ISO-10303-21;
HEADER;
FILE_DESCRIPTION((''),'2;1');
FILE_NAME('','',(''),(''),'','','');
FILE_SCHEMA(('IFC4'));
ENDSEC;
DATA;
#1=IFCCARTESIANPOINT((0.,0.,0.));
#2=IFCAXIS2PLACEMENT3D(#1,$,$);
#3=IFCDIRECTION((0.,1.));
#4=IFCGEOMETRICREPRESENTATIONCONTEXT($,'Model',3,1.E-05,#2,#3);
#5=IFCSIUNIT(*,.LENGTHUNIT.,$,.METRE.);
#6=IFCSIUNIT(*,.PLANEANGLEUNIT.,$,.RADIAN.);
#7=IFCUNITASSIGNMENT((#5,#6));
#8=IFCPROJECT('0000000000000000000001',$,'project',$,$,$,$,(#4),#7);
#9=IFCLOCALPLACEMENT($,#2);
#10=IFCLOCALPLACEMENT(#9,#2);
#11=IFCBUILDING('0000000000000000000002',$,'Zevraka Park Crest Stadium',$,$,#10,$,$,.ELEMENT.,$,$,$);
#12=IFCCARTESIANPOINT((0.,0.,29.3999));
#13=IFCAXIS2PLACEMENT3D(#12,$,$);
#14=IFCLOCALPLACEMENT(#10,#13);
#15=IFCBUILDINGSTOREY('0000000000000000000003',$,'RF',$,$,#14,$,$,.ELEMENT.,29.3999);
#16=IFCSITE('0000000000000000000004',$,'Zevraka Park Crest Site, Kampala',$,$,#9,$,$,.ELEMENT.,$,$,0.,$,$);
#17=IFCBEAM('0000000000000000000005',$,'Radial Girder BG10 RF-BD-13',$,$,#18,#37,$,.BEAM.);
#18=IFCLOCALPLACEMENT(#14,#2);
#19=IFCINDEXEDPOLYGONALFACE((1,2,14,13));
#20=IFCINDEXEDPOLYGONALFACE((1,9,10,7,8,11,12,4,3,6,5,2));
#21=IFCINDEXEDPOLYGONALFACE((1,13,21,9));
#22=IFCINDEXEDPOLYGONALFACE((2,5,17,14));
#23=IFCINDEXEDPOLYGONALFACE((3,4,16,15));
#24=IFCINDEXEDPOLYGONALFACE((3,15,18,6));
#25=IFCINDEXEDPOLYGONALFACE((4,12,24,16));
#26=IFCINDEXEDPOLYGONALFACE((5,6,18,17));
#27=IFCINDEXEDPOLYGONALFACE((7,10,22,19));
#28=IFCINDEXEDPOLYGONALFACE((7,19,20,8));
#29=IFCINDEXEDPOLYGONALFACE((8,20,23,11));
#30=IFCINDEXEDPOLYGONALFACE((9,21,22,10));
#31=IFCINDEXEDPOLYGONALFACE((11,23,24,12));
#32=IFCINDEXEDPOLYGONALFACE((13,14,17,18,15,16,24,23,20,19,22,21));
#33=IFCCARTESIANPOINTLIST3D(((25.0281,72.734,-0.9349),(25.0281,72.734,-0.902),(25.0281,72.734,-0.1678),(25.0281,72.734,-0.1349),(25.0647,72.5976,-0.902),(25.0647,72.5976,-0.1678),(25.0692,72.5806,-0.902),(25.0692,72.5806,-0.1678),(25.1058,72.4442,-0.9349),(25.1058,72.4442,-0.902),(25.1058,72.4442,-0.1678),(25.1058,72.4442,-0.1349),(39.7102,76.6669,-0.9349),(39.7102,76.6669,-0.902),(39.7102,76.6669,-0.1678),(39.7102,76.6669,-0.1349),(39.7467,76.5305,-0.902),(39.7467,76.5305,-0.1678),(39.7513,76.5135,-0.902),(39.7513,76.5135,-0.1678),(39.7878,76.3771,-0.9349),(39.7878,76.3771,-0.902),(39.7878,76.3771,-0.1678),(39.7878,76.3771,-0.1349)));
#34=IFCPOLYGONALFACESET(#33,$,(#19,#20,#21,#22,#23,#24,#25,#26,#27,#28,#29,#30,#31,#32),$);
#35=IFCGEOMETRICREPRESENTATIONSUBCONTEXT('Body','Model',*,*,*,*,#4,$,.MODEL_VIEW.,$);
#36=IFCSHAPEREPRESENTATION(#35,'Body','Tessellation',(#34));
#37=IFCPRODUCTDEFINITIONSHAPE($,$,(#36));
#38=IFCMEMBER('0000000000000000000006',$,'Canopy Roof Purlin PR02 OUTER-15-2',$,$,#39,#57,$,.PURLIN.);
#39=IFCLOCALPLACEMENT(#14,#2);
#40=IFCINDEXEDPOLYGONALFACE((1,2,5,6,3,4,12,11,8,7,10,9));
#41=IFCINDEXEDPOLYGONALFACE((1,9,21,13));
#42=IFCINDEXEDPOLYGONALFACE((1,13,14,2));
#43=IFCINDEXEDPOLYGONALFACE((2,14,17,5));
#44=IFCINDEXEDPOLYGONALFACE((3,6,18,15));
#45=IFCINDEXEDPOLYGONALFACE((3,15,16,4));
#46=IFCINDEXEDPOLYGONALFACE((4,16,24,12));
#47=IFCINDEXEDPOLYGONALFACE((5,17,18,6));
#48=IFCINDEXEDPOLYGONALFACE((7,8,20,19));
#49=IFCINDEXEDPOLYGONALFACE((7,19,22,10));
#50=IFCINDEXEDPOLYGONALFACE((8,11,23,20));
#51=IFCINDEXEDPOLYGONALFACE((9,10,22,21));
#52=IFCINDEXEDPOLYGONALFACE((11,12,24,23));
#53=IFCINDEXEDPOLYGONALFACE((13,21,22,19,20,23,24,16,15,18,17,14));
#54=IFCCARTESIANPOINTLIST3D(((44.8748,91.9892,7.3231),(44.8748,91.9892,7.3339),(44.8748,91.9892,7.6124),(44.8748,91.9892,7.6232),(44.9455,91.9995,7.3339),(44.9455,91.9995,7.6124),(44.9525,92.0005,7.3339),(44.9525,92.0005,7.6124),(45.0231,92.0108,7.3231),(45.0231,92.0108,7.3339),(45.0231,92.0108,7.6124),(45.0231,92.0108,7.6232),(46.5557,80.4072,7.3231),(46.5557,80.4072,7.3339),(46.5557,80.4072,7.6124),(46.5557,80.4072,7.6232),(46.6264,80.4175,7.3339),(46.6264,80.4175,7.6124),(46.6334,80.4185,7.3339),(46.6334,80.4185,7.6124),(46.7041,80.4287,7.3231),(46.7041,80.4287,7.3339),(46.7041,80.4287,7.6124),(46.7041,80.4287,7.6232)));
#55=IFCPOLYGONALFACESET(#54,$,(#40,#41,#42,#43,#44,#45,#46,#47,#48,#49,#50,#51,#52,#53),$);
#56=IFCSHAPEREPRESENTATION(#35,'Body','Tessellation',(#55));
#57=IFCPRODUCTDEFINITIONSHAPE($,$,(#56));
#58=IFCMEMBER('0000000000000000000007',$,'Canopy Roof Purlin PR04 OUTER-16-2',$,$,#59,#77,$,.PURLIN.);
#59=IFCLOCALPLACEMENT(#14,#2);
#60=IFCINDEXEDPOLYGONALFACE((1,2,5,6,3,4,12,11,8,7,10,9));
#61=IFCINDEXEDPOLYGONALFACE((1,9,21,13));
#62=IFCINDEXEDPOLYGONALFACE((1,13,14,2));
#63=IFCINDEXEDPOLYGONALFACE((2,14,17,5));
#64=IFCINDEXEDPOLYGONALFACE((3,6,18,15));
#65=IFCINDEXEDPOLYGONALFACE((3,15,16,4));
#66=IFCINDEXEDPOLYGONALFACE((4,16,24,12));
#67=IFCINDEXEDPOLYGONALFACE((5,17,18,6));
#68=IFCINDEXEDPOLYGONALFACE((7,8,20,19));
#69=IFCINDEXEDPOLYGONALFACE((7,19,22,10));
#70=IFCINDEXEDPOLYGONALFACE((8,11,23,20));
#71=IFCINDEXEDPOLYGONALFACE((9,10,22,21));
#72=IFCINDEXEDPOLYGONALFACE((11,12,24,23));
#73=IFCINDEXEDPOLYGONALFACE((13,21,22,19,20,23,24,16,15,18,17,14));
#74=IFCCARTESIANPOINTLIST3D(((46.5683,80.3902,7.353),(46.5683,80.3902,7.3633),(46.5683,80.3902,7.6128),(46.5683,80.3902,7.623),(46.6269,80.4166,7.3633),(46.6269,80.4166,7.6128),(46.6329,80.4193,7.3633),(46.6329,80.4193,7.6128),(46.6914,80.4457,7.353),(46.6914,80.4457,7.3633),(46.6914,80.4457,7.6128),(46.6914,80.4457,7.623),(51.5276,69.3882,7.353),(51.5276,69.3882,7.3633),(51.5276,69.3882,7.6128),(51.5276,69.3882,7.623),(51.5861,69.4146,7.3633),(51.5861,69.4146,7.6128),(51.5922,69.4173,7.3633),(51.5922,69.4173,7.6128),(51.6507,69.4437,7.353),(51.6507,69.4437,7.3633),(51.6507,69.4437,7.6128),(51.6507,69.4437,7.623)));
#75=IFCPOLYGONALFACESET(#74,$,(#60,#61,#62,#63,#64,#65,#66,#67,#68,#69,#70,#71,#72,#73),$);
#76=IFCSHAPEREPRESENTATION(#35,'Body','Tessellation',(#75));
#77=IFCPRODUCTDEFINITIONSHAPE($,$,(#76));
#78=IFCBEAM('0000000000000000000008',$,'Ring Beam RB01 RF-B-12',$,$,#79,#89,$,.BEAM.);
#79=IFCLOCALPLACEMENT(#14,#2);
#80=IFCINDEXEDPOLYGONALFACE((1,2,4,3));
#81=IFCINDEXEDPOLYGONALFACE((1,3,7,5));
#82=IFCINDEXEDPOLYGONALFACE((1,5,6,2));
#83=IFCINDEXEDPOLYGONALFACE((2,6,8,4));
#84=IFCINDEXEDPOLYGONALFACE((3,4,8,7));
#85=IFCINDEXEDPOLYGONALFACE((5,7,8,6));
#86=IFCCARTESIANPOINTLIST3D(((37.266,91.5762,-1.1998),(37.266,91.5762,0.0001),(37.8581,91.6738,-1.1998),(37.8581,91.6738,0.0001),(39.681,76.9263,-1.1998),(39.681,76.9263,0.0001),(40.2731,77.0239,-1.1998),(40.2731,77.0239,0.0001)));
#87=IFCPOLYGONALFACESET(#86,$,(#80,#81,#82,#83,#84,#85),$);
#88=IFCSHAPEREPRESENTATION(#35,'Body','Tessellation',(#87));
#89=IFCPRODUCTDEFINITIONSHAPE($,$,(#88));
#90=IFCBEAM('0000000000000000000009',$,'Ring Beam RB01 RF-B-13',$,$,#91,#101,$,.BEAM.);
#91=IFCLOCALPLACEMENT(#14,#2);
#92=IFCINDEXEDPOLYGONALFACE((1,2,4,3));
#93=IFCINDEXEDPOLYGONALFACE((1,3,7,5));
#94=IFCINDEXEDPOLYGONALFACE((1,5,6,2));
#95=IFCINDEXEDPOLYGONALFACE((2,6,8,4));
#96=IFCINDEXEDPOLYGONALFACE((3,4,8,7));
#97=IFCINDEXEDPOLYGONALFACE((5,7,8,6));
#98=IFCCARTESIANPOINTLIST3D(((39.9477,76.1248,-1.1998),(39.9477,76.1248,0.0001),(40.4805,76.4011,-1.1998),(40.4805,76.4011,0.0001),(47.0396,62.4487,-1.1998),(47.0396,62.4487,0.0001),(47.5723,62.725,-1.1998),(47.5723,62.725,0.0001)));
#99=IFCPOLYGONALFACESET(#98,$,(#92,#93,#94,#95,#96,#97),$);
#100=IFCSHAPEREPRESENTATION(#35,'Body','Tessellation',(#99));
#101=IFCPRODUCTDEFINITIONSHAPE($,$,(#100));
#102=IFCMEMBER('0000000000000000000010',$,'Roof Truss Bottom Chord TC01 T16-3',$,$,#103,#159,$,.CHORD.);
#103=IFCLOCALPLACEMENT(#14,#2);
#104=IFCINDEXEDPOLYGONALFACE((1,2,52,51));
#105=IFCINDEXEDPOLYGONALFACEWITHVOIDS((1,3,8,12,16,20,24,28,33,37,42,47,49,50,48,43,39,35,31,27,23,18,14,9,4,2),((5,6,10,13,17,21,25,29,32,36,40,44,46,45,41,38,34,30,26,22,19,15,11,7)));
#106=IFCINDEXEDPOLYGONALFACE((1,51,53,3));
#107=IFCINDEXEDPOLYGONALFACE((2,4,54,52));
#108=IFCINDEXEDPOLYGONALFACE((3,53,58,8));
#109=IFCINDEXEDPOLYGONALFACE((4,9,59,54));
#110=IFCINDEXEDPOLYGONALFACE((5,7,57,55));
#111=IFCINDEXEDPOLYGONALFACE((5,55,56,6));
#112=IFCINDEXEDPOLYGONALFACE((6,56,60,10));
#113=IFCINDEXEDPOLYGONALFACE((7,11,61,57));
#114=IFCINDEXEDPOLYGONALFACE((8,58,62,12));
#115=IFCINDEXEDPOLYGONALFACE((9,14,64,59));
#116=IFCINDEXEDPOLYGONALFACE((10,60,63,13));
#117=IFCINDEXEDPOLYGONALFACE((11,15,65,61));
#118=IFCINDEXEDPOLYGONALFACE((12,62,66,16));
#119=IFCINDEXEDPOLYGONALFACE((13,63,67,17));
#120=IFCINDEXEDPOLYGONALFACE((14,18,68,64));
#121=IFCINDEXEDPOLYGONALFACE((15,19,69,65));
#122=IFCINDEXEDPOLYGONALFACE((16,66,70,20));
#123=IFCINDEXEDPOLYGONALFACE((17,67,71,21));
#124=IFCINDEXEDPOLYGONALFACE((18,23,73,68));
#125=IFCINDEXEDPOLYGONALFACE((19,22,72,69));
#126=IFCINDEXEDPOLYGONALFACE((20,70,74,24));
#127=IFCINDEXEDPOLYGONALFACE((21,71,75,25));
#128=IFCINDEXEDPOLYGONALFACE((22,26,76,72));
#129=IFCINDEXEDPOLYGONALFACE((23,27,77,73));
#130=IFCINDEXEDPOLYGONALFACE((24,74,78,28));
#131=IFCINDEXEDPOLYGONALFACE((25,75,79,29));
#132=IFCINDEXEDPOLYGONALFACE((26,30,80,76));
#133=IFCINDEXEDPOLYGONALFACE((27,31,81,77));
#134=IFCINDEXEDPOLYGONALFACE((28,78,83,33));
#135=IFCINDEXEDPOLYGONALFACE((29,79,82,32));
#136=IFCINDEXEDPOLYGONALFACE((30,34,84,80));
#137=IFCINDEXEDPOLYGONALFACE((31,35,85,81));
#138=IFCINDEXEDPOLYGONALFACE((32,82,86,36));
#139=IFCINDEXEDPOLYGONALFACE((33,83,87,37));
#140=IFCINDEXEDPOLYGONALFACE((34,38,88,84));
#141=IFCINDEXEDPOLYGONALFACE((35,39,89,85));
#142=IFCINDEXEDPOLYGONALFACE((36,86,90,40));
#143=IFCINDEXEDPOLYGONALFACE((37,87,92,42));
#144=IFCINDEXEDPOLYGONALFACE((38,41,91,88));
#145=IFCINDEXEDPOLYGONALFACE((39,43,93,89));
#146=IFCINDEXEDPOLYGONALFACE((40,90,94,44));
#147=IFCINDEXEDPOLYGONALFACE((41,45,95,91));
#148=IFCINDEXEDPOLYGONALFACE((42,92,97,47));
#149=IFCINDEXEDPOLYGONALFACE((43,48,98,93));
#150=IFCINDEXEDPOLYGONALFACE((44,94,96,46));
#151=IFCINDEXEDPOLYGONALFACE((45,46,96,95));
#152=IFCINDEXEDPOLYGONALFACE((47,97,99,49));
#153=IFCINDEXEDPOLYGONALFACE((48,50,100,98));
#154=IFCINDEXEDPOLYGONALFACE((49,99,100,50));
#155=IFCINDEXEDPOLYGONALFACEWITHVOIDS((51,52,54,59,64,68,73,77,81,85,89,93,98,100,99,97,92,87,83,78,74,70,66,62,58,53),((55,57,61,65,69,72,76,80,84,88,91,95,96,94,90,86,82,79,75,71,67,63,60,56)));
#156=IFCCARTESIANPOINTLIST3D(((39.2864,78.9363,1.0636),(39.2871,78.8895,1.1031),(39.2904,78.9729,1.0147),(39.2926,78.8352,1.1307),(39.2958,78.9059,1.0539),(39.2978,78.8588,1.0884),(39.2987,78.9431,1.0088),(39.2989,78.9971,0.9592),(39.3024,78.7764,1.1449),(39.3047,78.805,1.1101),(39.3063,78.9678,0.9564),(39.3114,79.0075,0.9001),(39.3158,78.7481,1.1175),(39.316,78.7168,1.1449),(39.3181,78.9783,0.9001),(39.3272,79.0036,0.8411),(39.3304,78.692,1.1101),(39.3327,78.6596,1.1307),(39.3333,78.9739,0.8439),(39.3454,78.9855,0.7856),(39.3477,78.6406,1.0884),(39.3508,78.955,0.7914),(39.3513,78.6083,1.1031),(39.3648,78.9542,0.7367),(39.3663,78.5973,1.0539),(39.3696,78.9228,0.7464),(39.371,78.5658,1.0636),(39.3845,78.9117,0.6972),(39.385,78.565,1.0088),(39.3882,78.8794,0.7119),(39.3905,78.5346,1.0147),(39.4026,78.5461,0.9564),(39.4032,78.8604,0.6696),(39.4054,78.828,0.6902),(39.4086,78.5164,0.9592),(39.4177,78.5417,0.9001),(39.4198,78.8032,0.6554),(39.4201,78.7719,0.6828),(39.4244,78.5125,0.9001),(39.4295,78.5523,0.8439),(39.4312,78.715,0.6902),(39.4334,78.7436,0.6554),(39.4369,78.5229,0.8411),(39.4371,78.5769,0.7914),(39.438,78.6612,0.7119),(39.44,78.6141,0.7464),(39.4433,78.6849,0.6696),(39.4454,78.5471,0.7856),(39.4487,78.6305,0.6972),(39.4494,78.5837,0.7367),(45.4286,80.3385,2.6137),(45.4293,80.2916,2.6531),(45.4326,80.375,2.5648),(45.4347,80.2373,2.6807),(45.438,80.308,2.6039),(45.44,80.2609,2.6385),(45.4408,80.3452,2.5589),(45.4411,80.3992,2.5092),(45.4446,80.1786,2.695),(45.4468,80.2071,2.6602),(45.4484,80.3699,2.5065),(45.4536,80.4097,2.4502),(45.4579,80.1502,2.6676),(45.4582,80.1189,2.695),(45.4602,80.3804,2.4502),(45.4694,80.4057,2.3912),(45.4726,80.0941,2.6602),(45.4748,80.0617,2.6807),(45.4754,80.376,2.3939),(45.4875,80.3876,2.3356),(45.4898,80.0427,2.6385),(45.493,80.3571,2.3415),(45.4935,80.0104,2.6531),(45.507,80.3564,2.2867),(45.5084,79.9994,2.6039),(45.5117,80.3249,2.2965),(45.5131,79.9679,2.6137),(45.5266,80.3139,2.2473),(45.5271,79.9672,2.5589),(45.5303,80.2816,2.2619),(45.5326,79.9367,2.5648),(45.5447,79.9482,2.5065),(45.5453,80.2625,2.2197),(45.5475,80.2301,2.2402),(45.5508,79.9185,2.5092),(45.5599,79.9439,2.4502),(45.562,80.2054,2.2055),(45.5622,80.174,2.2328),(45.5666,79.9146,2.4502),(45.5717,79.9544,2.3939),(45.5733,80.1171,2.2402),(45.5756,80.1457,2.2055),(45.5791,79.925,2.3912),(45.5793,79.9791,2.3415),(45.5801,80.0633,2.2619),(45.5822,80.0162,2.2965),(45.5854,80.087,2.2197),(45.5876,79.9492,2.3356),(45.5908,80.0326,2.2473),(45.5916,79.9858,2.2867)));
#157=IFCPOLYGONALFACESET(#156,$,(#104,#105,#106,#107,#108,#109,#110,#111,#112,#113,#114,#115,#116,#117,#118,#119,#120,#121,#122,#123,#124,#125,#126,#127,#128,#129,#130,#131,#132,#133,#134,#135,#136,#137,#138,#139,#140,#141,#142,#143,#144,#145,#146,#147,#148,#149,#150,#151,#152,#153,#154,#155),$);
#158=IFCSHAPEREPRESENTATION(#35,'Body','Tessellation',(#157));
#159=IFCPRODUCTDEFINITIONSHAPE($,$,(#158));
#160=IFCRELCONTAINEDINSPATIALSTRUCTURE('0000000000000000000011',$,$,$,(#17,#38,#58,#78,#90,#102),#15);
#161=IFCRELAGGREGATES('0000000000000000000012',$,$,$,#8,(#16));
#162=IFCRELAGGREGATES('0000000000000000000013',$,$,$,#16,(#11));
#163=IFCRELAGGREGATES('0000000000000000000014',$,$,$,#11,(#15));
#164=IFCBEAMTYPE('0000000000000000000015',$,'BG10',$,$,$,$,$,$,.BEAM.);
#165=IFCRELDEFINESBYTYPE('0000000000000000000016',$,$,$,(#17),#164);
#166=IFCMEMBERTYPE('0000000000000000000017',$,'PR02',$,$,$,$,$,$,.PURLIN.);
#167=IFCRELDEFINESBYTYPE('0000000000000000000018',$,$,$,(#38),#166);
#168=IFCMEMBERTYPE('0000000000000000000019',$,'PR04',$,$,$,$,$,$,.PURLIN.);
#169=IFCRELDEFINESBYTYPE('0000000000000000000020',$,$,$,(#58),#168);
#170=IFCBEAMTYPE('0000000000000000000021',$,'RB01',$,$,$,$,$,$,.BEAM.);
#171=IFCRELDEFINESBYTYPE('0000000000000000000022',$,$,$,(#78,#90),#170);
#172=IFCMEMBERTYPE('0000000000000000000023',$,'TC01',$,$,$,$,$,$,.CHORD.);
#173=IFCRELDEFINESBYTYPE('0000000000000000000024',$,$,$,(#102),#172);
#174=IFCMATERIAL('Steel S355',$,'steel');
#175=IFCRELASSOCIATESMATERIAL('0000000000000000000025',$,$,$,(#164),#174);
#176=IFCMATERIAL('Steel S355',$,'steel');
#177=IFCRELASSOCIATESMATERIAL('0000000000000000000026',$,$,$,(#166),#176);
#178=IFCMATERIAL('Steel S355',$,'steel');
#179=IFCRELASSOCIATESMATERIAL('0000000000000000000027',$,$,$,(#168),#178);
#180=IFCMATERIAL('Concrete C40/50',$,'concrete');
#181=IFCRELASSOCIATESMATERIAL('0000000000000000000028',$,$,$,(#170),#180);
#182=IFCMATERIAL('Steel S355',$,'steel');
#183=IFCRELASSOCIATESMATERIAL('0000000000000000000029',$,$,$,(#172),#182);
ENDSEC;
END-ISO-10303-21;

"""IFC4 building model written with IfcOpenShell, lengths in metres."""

from ifc_helpers import new_model, si_unit, direction, frame, origin, origin_2d, place, context, subcontext, project, spatial, rectangle, hollow_circle, i_section, extrude, material, material_profile, profile_set, type_object, element, save


model = new_model("IFC4")

# Units and contexts
model_context = context("Model", 3, precision=1e-05, world=origin(), true_north=direction((0.0, 1.0)))
body_context = subcontext(model_context, "Body", "Model", "MODEL_VIEW")
ifc_project = project(units=[si_unit("LENGTHUNIT", "METRE"), si_unit("PLANEANGLEUNIT", "RADIAN")], contexts=[model_context])

# Site, building, storey
site_placement = place(None, origin())
site = spatial("IfcSite", under=ifc_project, at=site_placement, Name="Zevraka Park Crest Site, Kampala", CompositionType="ELEMENT", RefElevation=0.0)
building_placement = place(site_placement, origin())
building = spatial("IfcBuilding", under=site, at=building_placement, Name="Zevraka Park Crest Stadium", CompositionType="ELEMENT")
storey_placement = place(building_placement, frame((0.0, 0.0, 29.3999)))
storey = spatial("IfcBuildingStorey", under=building, at=storey_placement, Name="RF", CompositionType="ELEMENT", Elevation=29.3999)

# Beam
ifc_material_1 = material(Name="Steel S355", Category="steel")
ifc_material_profile_1 = material_profile(ifc_material_1, i_section(OverallWidth=0.3, OverallDepth=0.8, WebThickness=0.0176, FlangeThickness=0.033, at=origin_2d()), Name="HEB 800")
ifc_profile_set_1 = profile_set([ifc_material_profile_1], Name="Steel S355")
beam_type_1 = type_object("IfcBeamType", Name="BG10", PredefinedType="BEAM", material=ifc_profile_set_1)
beam_1_placement = place(storey_placement, frame((39.749, 76.522, -0.5349), z_axis=(-0.965946, -0.258745, 0.0), x_axis=(0.258745, -0.965946, 0.0)))
element("IfcBeam", 1, at=beam_1_placement, inside=storey, type_object=beam_type_1, Name="Radial Girder BG10 RF-BD-13", PredefinedType="BEAM", context=body_context, shape_type="SweptSolid", body=[
    extrude(i_section(OverallWidth=0.3, OverallDepth=0.8, WebThickness=0.0176, FlangeThickness=0.033, at=origin_2d()), origin(), (0.0, 0.0, 1.0), 15.1997),
])

# Members
ifc_material_2 = material(Name="Steel S355", Category="steel")
ifc_material_profile_2 = material_profile(ifc_material_2, i_section(OverallWidth=0.1499, OverallDepth=0.3, WebThickness=0.0071, FlangeThickness=0.0107, at=origin_2d()), Name="IPE 300")
ifc_profile_set_2 = profile_set([ifc_material_profile_2], Name="Steel S355")
member_type_1 = type_object("IfcMemberType", Name="PR02", PredefinedType="PURLIN", material=ifc_profile_set_2)
member_1_placement = place(storey_placement, frame((44.949, 92.0, 7.4731), z_axis=(0.143626, -0.989632, 0.0), x_axis=(0.989632, 0.143626, 0.0)))
element("IfcMember", 2, at=member_1_placement, inside=storey, type_object=member_type_1, Name="Canopy Roof Purlin PR02 OUTER-15-2", PredefinedType="PURLIN", context=body_context, shape_type="SweptSolid", body=[
    extrude(i_section(OverallWidth=0.1499, OverallDepth=0.3, WebThickness=0.0071, FlangeThickness=0.0107, at=origin_2d()), origin(), (0.0, 0.0, 1.0), 11.7034),
])
ifc_material_3 = material(Name="Steel S355", Category="steel")
ifc_material_profile_3 = material_profile(ifc_material_3, i_section(OverallWidth=0.135, OverallDepth=0.27, WebThickness=0.0066, FlangeThickness=0.0103, at=origin_2d()), Name="IPE 270")
ifc_profile_set_3 = profile_set([ifc_material_profile_3], Name="Steel S355")
member_type_2 = type_object("IfcMemberType", Name="PR04", PredefinedType="PURLIN", material=ifc_profile_set_3)
member_2_placement = place(storey_placement, frame((46.6299, 80.418, 7.488), z_axis=(0.41094, -0.911662, 0.0), x_axis=(0.911662, 0.41094, 0.0)))
element("IfcMember", 3, at=member_2_placement, inside=storey, type_object=member_type_2, Name="Canopy Roof Purlin PR04 OUTER-16-2", PredefinedType="PURLIN", context=body_context, shape_type="SweptSolid", body=[
    extrude(i_section(OverallWidth=0.135, OverallDepth=0.27, WebThickness=0.0066, FlangeThickness=0.0103, at=origin_2d()), origin(), (0.0, 0.0, 1.0), 12.0681),
])

# Beams
ifc_material_4 = material(Name="Concrete C40/50", Category="concrete")
ifc_material_profile_4 = material_profile(ifc_material_4, rectangle(XDim=0.6001, YDim=1.2, at=origin_2d()), Name="RC 1200x600")
ifc_profile_set_4 = profile_set([ifc_material_profile_4], Name="Concrete C40/50")
beam_type_2 = type_object("IfcBeamType", Name="RB01", PredefinedType="BEAM", material=ifc_profile_set_4)
beam_2_placement = place(storey_placement, frame((37.562, 91.625, -0.5999), z_axis=(0.162655, -0.986683, 0.0), x_axis=(0.986683, 0.162655, 0.0)))
element("IfcBeam", 4, at=beam_2_placement, inside=storey, type_object=beam_type_2, Name="Ring Beam RB01 RF-B-12", PredefinedType="BEAM", context=body_context, shape_type="SweptSolid", body=[
    extrude(rectangle(XDim=0.6001, YDim=1.2, at=origin_2d()), origin(), (0.0, 0.0, 1.0), 14.8477),
])
beam_3_placement = place(storey_placement, frame((40.2141, 76.2629, -0.5999), z_axis=(0.460344, -0.887741, 0.0), x_axis=(0.887741, 0.460344, 0.0)))
element("IfcBeam", 5, at=beam_3_placement, inside=storey, type_object=beam_type_2, Name="Ring Beam RB01 RF-B-13", PredefinedType="BEAM", context=body_context, shape_type="SweptSolid", body=[
    extrude(rectangle(XDim=0.6001, YDim=1.2, at=origin_2d()), origin(), (0.0, 0.0, 1.0), 15.4055),
])

# Member
ifc_material_5 = material(Name="Steel S355", Category="steel")
ifc_material_profile_5 = material_profile(ifc_material_5, hollow_circle(Radius=0.2539, WallThickness=0.03, at=origin_2d()), Name="CHS 508.0x30")
ifc_profile_set_5 = profile_set([ifc_material_profile_5], Name="Steel S355")
member_type_3 = type_object("IfcMemberType", Name="TC01", PredefinedType="CHORD", material=ifc_profile_set_5)
member_3_placement = place(storey_placement, frame((39.3679, 78.76, 0.9001), z_axis=(0.946688, 0.216107, 0.238911), x_axis=(-0.222552, 0.974921, 0.0)))
element("IfcMember", 6, at=member_3_placement, inside=storey, type_object=member_type_3, Name="Roof Truss Bottom Chord TC01 T16-3", PredefinedType="CHORD", context=body_context, shape_type="SweptSolid", body=[
    extrude(hollow_circle(Radius=0.2539, WallThickness=0.03, at=origin_2d()), origin(), (0.0, 0.0, 1.0), 6.488),
])

save(model, "model.ifc")
